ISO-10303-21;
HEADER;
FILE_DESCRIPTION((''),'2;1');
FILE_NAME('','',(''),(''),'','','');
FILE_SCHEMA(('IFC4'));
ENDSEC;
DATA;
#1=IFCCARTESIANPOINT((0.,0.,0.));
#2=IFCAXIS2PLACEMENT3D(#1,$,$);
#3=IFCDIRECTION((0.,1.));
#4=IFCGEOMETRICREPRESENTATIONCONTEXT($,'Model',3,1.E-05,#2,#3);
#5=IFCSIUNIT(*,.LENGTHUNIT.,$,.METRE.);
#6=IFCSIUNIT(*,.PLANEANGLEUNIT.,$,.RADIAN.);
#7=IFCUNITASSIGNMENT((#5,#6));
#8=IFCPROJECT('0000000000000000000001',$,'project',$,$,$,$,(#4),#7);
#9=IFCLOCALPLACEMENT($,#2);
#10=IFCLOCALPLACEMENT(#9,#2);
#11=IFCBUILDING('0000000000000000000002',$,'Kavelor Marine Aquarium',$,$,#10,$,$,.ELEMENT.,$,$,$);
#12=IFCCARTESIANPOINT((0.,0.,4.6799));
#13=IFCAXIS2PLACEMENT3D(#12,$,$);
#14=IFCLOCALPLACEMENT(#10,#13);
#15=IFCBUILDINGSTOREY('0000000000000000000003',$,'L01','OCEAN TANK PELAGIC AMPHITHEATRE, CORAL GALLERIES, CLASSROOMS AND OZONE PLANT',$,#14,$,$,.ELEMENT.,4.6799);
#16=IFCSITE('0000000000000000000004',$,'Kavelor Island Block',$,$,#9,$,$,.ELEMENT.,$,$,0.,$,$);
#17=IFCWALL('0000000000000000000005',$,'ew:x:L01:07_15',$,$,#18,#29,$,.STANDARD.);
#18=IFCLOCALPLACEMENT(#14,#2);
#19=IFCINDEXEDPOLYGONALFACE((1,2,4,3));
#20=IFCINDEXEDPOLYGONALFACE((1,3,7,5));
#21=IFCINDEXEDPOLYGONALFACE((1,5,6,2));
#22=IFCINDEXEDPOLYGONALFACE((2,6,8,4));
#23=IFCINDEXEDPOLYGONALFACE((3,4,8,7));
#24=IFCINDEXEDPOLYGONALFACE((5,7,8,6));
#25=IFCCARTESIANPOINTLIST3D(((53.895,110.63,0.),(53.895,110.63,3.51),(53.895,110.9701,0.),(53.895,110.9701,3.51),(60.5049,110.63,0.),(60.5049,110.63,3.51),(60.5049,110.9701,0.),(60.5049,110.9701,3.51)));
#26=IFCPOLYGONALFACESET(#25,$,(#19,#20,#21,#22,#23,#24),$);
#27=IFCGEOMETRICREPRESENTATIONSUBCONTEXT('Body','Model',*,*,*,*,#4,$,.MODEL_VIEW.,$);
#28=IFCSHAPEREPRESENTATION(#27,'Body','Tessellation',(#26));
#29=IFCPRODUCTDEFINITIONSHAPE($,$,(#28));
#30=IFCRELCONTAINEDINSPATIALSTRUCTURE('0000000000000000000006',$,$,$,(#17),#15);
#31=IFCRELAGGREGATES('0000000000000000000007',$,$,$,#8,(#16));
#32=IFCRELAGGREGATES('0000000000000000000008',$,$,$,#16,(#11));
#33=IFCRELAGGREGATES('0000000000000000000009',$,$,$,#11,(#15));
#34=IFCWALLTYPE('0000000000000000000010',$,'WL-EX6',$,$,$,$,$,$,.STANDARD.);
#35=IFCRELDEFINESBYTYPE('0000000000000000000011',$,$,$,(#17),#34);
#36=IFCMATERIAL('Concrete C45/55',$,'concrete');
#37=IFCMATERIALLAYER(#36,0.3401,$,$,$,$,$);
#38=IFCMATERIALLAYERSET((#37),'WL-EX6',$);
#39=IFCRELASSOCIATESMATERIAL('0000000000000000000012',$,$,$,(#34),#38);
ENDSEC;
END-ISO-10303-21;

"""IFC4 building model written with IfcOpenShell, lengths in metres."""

from ifc_helpers import new_model, si_unit, direction, frame, frame_2d, origin, place, context, subcontext, project, spatial, rectangle, extrude, material, layer, layer_set, type_object, element, save


model = new_model("IFC4")

# Units and contexts
model_context = context("Model", 3, precision=1e-05, world=origin(), true_north=direction((0.0, 1.0)))
body_context = subcontext(model_context, "Body", "Model", "MODEL_VIEW")
ifc_project = project(units=[si_unit("LENGTHUNIT", "METRE"), si_unit("PLANEANGLEUNIT", "RADIAN")], contexts=[model_context])

# Site, building, storey
site_placement = place(None, origin())
site = spatial("IfcSite", under=ifc_project, at=site_placement, Name="Kavelor Island Block", CompositionType="ELEMENT", RefElevation=0.0)
building_placement = place(site_placement, origin())
building = spatial("IfcBuilding", under=site, at=building_placement, Name="Kavelor Marine Aquarium", CompositionType="ELEMENT")
storey_placement = place(building_placement, frame((0.0, 0.0, 4.6799)))
storey = spatial("IfcBuildingStorey", under=building, at=storey_placement, Name="L01", Description="OCEAN TANK PELAGIC AMPHITHEATRE, CORAL GALLERIES, CLASSROOMS AND OZONE PLANT", CompositionType="ELEMENT", Elevation=4.6799)

# Wall
ifc_material_1 = material(Name="Concrete C45/55", Category="concrete")
ifc_layer_1 = layer(ifc_material_1, 0.3401)
ifc_layer_set_1 = layer_set([ifc_layer_1], Name="WL-EX6")
wall_type = type_object("IfcWallType", Name="WL-EX6", PredefinedType="STANDARD", material=ifc_layer_set_1)
wall_placement = place(storey_placement, frame((53.895, 110.8, 0.0), z_axis=(0.0, 0.0, 1.0), x_axis=(1.0, 0.0, 0.0)))
element("IfcWall", 1, at=wall_placement, inside=storey, type_object=wall_type, Name="ew:x:L01:07_15", PredefinedType="STANDARD", context=body_context, shape_type="SweptSolid", body=[
    extrude(rectangle(XDim=6.6099, YDim=0.3401, at=frame_2d((3.3049, 0.0))), origin(), (0.0, 0.0, 1.0), 3.51),
])

save(model, "model.ifc")
